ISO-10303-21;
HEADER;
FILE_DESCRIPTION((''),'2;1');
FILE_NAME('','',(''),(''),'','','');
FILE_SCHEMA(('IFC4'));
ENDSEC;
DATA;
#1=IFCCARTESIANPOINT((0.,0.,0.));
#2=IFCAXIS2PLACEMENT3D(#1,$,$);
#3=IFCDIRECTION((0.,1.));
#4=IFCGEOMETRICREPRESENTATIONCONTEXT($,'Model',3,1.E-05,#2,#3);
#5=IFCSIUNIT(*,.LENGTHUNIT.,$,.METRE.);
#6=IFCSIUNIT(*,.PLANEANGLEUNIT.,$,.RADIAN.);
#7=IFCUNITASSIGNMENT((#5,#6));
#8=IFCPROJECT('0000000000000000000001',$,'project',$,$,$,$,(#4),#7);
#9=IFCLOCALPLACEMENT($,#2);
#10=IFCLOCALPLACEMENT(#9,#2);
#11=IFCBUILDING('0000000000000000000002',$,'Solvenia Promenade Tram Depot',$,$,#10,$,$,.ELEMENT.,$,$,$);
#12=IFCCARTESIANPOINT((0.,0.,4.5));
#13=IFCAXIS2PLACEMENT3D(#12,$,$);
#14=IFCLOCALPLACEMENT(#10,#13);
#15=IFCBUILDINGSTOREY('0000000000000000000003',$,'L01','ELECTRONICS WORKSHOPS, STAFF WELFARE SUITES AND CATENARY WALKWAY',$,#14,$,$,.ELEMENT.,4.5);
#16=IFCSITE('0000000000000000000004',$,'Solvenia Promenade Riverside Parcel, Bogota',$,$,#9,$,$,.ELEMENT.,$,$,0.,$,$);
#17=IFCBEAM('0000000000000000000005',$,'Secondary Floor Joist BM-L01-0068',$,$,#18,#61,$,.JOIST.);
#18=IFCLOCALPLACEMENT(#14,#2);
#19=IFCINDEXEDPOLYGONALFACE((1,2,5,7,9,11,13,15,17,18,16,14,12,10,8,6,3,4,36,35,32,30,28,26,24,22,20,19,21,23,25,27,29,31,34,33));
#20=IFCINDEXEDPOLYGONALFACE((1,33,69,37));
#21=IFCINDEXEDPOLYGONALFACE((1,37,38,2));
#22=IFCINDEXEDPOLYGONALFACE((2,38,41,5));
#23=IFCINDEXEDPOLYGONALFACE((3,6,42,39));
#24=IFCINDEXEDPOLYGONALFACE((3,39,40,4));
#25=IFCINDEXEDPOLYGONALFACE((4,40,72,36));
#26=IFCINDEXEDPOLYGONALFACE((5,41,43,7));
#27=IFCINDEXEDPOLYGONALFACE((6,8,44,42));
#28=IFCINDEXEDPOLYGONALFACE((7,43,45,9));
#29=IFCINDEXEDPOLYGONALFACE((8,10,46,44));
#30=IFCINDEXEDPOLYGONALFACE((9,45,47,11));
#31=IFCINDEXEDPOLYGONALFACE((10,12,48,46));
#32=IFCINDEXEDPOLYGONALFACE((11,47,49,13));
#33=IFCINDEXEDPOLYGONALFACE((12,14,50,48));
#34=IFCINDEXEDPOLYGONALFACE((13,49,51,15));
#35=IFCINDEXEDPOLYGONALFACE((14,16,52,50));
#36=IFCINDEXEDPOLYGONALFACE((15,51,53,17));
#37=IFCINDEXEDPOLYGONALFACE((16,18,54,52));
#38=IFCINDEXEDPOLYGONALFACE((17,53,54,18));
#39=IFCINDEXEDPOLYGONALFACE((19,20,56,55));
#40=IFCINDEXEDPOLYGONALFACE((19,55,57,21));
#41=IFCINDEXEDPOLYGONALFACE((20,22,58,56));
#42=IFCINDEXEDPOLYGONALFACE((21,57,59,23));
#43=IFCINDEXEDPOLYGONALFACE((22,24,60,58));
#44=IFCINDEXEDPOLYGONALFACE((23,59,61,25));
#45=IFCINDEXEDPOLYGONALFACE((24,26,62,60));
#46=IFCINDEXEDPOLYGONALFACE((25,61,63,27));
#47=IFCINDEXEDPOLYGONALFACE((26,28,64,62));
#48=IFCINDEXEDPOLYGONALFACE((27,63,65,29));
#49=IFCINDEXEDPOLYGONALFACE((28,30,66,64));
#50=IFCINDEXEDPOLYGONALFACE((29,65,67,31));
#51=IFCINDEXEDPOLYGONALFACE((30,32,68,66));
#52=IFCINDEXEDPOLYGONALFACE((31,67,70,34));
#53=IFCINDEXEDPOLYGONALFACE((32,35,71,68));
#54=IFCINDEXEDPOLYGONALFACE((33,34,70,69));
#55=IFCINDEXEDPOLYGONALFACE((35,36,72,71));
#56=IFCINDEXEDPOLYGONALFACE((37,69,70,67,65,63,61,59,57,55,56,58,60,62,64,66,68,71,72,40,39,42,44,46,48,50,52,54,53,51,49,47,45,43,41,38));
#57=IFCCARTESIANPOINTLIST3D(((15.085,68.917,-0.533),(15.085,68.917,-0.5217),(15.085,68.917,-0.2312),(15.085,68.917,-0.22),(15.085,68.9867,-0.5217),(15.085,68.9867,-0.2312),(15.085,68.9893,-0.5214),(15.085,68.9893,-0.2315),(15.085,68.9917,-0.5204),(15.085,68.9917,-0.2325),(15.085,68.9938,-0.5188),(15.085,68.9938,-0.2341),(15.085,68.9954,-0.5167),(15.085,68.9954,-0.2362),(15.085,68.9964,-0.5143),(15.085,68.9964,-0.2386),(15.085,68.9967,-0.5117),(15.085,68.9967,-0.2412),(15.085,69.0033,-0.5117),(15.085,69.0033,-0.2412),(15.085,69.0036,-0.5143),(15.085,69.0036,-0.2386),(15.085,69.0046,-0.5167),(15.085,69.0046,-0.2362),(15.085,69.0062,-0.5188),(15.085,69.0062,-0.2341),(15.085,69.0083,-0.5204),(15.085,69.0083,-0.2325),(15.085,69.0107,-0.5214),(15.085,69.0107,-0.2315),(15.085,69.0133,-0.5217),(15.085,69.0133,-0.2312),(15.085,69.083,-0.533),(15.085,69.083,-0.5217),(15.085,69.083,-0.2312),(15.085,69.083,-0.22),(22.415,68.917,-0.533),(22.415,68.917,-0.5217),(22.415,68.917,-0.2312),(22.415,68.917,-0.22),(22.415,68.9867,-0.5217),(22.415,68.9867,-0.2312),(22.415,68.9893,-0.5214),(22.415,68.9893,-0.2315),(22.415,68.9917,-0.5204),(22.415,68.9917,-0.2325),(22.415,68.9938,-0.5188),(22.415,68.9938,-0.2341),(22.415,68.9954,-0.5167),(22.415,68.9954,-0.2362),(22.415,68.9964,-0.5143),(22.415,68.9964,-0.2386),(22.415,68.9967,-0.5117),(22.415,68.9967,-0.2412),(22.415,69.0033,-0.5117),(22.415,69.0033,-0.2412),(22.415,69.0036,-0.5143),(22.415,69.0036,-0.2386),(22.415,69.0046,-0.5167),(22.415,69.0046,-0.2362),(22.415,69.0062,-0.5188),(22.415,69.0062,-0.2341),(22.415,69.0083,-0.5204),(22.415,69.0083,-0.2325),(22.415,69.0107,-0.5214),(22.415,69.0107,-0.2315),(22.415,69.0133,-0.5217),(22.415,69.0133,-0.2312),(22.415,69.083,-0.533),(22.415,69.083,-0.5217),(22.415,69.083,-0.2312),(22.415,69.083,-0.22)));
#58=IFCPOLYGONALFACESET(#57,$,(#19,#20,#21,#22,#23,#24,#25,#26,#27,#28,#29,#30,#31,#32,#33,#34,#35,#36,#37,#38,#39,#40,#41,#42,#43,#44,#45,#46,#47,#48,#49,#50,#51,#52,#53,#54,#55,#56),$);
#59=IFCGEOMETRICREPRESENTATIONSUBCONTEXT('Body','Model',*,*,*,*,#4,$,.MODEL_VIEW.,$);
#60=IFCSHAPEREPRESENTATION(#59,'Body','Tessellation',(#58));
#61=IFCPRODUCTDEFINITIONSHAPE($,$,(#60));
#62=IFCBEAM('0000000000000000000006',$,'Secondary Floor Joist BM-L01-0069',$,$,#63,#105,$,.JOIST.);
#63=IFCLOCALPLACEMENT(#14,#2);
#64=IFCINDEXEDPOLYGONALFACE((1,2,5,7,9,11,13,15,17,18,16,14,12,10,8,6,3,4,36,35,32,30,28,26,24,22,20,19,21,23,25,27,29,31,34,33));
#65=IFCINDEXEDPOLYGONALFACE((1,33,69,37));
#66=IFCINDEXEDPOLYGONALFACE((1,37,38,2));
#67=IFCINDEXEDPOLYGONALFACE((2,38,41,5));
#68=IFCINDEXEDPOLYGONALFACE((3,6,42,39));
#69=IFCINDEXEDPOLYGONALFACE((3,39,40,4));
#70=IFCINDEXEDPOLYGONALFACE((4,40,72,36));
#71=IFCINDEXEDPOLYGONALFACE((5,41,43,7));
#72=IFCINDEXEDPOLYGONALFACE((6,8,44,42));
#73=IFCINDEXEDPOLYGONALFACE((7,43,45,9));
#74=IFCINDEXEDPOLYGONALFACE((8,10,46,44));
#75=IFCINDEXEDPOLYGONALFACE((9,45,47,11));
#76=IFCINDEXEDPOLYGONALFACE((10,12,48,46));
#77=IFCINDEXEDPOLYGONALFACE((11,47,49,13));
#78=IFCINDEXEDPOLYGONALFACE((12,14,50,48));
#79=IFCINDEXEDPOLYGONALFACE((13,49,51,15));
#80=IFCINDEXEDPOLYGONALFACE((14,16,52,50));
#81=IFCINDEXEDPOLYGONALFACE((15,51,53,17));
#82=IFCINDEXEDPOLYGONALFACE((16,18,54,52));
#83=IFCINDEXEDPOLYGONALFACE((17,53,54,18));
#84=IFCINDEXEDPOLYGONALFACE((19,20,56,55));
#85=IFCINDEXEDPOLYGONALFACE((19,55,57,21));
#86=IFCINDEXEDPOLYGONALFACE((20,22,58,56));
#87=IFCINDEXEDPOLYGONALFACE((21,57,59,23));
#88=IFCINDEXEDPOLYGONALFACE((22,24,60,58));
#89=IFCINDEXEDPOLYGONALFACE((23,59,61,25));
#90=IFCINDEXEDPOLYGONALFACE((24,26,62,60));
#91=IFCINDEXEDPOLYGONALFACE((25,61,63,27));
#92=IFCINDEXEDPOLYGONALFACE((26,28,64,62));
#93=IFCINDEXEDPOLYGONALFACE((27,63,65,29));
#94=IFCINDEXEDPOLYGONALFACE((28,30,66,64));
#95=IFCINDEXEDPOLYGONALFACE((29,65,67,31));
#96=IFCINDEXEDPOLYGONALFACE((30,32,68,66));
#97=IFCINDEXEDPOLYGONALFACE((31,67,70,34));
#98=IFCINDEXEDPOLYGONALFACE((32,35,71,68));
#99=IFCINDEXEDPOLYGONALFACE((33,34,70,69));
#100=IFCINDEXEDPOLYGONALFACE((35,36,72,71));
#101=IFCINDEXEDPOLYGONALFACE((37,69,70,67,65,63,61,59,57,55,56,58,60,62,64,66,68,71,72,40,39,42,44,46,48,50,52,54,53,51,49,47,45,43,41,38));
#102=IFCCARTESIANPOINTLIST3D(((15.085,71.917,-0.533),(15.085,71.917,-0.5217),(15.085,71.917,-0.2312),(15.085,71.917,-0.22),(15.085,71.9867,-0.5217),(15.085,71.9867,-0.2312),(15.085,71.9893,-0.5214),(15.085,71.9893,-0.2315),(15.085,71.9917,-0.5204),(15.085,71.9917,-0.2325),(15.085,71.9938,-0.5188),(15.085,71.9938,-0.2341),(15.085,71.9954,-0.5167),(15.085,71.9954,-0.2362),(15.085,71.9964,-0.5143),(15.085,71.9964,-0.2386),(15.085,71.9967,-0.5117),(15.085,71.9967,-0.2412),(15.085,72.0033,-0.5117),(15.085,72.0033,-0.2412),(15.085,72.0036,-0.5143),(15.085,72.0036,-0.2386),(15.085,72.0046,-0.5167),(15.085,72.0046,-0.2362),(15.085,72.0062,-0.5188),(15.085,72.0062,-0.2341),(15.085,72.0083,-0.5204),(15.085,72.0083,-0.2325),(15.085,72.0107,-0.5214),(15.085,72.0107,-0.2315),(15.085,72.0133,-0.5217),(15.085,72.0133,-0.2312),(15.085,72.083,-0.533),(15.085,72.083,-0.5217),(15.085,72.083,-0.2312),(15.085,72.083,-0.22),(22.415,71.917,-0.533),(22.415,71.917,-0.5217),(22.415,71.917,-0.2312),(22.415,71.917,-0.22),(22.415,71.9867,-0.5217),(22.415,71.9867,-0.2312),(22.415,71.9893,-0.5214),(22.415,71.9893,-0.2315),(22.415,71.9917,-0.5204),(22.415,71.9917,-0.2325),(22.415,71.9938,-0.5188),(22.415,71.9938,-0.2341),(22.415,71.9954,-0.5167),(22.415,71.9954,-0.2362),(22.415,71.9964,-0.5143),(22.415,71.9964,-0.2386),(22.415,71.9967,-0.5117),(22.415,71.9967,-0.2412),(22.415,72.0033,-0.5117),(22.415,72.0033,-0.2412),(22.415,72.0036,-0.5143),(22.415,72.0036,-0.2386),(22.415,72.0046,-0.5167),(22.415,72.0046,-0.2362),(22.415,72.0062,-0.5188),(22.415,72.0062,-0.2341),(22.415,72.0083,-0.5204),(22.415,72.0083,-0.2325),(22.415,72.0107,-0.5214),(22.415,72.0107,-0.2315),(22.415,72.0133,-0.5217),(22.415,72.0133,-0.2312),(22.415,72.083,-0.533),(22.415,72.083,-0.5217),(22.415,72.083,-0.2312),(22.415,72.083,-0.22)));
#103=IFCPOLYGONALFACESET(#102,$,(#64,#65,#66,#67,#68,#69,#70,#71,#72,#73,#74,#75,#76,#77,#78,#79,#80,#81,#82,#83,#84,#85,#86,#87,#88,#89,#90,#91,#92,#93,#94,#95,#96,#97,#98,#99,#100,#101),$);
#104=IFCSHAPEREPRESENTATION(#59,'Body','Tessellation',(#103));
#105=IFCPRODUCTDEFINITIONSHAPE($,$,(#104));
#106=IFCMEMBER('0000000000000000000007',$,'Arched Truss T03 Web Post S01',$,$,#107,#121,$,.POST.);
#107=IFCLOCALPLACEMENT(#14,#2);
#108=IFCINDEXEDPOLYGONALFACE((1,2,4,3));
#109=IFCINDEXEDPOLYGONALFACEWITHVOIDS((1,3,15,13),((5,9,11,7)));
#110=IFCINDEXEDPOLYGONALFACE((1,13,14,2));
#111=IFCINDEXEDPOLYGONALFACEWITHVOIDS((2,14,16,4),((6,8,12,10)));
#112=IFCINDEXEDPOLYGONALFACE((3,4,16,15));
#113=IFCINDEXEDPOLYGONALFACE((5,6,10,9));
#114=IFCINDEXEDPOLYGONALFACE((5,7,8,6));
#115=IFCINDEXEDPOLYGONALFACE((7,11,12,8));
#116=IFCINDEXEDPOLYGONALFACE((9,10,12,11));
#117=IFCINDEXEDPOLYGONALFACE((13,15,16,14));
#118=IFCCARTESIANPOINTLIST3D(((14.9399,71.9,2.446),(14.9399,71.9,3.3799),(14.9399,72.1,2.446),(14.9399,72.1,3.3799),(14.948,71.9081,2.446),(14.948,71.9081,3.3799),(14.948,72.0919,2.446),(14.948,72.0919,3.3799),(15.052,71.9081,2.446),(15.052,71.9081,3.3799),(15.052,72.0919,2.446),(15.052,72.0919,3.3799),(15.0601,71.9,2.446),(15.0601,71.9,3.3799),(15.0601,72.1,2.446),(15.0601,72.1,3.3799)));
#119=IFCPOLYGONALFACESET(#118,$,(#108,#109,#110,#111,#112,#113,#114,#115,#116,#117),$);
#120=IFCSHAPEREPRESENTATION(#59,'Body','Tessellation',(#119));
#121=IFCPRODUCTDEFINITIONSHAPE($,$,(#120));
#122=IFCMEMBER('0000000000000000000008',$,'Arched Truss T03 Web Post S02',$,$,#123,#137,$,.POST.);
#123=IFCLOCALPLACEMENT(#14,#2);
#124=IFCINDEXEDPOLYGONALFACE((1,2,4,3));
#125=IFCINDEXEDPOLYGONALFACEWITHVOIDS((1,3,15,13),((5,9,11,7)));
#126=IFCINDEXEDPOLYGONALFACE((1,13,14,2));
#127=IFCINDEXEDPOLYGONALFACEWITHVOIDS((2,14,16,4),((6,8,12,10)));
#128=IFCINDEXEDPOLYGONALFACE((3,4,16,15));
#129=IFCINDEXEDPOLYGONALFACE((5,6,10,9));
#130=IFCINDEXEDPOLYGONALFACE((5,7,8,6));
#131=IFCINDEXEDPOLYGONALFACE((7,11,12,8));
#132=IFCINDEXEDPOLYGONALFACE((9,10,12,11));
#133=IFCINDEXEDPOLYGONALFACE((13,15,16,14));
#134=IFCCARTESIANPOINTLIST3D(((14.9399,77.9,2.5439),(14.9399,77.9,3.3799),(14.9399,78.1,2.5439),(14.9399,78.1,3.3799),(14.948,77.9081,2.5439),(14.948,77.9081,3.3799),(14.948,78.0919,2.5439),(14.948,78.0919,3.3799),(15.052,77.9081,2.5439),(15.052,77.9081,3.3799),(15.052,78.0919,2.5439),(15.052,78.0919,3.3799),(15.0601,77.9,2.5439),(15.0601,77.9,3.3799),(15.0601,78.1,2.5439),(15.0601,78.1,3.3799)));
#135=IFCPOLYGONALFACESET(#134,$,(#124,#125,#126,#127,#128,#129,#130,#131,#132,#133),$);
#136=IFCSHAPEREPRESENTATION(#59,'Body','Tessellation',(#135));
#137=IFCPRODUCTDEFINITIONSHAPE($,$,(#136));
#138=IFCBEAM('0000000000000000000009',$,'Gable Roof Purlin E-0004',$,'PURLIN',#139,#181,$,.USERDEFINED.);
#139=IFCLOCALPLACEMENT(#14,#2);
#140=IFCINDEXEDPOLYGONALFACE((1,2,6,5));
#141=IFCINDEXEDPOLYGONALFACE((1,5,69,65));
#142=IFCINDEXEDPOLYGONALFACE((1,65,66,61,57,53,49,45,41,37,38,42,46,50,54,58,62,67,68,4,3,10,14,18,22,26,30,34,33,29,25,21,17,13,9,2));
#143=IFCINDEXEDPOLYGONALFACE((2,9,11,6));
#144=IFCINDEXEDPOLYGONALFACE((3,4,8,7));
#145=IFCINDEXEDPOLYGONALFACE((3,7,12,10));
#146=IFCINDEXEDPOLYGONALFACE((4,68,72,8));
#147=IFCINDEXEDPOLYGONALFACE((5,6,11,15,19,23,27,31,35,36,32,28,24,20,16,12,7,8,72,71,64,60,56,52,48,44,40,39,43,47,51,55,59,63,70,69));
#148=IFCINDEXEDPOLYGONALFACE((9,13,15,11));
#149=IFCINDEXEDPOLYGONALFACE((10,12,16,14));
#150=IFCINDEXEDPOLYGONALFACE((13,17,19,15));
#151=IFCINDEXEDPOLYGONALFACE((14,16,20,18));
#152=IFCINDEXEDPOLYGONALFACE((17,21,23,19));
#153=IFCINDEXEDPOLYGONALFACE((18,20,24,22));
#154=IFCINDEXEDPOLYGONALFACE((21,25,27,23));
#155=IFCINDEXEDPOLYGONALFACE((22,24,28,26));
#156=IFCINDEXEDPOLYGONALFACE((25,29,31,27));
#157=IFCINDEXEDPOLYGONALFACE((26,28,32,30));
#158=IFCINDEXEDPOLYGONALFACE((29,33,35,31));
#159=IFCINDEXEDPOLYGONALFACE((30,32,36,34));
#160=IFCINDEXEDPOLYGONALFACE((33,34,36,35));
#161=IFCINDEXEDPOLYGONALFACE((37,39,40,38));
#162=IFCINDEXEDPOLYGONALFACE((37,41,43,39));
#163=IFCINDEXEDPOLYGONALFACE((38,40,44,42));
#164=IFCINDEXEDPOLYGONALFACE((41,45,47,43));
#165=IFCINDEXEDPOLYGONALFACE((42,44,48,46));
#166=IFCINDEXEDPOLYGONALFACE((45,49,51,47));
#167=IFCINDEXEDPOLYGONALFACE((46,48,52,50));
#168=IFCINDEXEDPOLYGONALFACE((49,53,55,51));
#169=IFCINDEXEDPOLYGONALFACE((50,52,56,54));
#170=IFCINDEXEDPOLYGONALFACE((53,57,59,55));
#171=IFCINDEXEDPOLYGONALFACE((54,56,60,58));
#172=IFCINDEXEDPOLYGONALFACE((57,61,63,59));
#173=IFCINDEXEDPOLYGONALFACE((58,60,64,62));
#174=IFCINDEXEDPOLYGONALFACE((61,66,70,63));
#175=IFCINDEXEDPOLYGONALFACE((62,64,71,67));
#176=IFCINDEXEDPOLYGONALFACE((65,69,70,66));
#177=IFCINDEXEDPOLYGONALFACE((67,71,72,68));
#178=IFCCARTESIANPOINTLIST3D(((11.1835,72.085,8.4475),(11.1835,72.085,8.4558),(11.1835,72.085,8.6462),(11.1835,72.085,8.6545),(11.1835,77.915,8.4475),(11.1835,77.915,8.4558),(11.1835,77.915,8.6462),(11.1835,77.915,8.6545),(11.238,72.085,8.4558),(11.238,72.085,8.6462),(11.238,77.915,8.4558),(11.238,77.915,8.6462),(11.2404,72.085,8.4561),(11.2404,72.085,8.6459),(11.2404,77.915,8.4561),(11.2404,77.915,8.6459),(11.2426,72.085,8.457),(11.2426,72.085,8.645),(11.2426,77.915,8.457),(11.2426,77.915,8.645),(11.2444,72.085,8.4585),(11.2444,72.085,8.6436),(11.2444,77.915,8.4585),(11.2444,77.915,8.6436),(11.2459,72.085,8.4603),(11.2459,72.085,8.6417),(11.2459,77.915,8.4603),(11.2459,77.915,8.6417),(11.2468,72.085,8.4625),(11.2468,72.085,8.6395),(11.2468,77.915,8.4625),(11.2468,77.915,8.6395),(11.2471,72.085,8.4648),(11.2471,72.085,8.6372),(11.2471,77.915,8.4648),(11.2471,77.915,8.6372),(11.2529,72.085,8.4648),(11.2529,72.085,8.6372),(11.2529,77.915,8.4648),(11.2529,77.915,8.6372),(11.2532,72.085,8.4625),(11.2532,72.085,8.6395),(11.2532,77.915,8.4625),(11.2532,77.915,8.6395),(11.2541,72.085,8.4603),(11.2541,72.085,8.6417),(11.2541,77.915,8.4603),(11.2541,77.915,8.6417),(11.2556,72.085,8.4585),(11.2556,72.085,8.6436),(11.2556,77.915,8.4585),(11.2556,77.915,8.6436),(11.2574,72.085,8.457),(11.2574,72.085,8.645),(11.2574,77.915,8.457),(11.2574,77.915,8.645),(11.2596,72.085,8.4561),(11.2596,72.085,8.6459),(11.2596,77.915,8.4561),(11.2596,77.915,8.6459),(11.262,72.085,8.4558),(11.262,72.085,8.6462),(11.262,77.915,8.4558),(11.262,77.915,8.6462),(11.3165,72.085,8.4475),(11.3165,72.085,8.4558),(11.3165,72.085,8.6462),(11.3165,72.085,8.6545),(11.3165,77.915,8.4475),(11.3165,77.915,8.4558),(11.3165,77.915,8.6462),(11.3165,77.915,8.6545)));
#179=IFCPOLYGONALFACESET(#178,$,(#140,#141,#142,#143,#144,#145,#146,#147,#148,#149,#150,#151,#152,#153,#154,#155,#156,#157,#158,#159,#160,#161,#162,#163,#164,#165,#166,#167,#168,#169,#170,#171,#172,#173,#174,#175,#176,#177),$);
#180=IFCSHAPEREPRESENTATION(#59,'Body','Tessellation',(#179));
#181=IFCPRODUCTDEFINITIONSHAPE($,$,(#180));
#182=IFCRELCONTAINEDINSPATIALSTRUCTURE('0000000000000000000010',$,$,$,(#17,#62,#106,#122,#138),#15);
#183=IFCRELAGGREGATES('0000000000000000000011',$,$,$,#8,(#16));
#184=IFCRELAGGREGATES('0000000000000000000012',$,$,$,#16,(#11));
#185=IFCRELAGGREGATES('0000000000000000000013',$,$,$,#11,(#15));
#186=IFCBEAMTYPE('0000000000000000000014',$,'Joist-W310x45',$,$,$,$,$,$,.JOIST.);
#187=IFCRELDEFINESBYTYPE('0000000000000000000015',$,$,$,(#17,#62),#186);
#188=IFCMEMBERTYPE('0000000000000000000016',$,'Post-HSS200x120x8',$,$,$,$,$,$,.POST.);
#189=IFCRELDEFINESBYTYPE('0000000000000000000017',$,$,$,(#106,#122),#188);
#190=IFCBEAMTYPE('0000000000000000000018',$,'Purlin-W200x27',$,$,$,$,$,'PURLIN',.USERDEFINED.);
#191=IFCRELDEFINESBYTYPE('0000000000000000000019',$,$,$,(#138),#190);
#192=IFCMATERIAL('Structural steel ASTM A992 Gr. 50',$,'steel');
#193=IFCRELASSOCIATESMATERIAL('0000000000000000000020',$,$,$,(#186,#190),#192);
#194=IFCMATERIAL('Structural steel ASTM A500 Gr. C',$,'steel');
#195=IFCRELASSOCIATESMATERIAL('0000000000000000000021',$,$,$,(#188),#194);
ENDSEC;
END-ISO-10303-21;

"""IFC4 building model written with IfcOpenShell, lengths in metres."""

from ifc_helpers import new_model, si_unit, direction, frame, origin, origin_2d, place, context, subcontext, project, spatial, hollow_rectangle, i_section, extrude, material, material_profile, profile_set, type_object, element, save


model = new_model("IFC4")

# Units and contexts
model_context = context("Model", 3, precision=1e-05, world=origin(), true_north=direction((0.0, 1.0)))
body_context = subcontext(model_context, "Body", "Model", "MODEL_VIEW")
ifc_project = project(units=[si_unit("LENGTHUNIT", "METRE"), si_unit("PLANEANGLEUNIT", "RADIAN")], contexts=[model_context])

# Site, building, storey
site_placement = place(None, origin())
site = spatial("IfcSite", under=ifc_project, at=site_placement, Name="Solvenia Promenade Riverside Parcel, Bogota", CompositionType="ELEMENT", RefElevation=0.0)
building_placement = place(site_placement, origin())
building = spatial("IfcBuilding", under=site, at=building_placement, Name="Solvenia Promenade Tram Depot", CompositionType="ELEMENT")
storey_placement = place(building_placement, frame((0.0, 0.0, 4.5)))
storey = spatial("IfcBuildingStorey", under=building, at=storey_placement, Name="L01", Description="ELECTRONICS WORKSHOPS, STAFF WELFARE SUITES AND CATENARY WALKWAY", CompositionType="ELEMENT", Elevation=4.5)

# Shared definitions
ifc_material_1 = material(Name="Structural steel ASTM A992 Gr. 50", Category="steel")

# Shared definitions
ifc_material_2 = material(Name="Structural steel ASTM A500 Gr. C", Category="steel")

# Beams
ifc_material_profile_1 = material_profile(ifc_material_1, i_section(OverallWidth=0.166, OverallDepth=0.313, WebThickness=0.0066, FlangeThickness=0.0112, FilletRadius=0.01, at=origin_2d()), Name="W310x45", Category="steel")
ifc_profile_set_1 = profile_set([ifc_material_profile_1], Name="Structural steel ASTM A992 Gr. 50")
beam_type_1 = type_object("IfcBeamType", Name="Joist-W310x45", PredefinedType="JOIST", material=ifc_profile_set_1)
for number, where, z_axis, x_axis, name in (
    (1, (15.085, 69.0, -0.3765), (1.0, 0.0, 0.0), (0.0, 1.0, 0.0), "Secondary Floor Joist BM-L01-0068"),
    (2, (15.085, 72.0, -0.3765), (1.0, 0.0, 0.0), (0.0, 1.0, 0.0), "Secondary Floor Joist BM-L01-0069"),
):
    element("IfcBeam", number, at=place(storey_placement, frame(where, z_axis=z_axis, x_axis=x_axis)), inside=storey, type_object=beam_type_1, Name=name, PredefinedType="JOIST", context=body_context, shape_type="SweptSolid", body=[
        extrude(i_section(OverallWidth=0.166, OverallDepth=0.313, WebThickness=0.0066, FlangeThickness=0.0112, FilletRadius=0.01, at=origin_2d()), origin(), (0.0, 0.0, 1.0), 7.3301),
    ])

# Members
ifc_material_profile_2 = material_profile(ifc_material_2, hollow_rectangle(XDim=0.1201, YDim=0.2, WallThickness=0.0081, at=origin_2d()), Name="HSS200x120x8", Category="steel")
ifc_profile_set_2 = profile_set([ifc_material_profile_2], Name="Structural steel ASTM A500 Gr. C")
member_type_1 = type_object("IfcMemberType", Name="Post-HSS200x120x8", PredefinedType="POST", material=ifc_profile_set_2)
member_1_placement = place(storey_placement, frame((15.0, 72.0, 2.446), z_axis=(0.0, 0.0, 1.0), x_axis=(1.0, 0.0, 0.0)))
element("IfcMember", 3, at=member_1_placement, inside=storey, type_object=member_type_1, Name="Arched Truss T03 Web Post S01", PredefinedType="POST", context=body_context, shape_type="SweptSolid", body=[
    extrude(hollow_rectangle(XDim=0.1201, YDim=0.2, WallThickness=0.0081, at=origin_2d()), origin(), (0.0, 0.0, 1.0), 0.9338),
])
member_2_placement = place(storey_placement, frame((15.0, 78.0, 2.5439), z_axis=(0.0, 0.0, 1.0), x_axis=(1.0, 0.0, 0.0)))
element("IfcMember", 4, at=member_2_placement, inside=storey, type_object=member_type_1, Name="Arched Truss T03 Web Post S02", PredefinedType="POST", context=body_context, shape_type="SweptSolid", body=[
    extrude(hollow_rectangle(XDim=0.1201, YDim=0.2, WallThickness=0.0081, at=origin_2d()), origin(), (0.0, 0.0, 1.0), 0.8359),
])

# Beam
ifc_material_profile_3 = material_profile(ifc_material_1, i_section(OverallWidth=0.1331, OverallDepth=0.207, WebThickness=0.0059, FlangeThickness=0.0083, FilletRadius=0.009, at=origin_2d()), Name="W200x27", Category="steel")
ifc_profile_set_3 = profile_set([ifc_material_profile_3], Name="Structural steel ASTM A992 Gr. 50")
beam_type_2 = type_object("IfcBeamType", Name="Purlin-W200x27", ElementType="PURLIN", PredefinedType="USERDEFINED", material=ifc_profile_set_3)
beam_1_placement = place(storey_placement, frame((11.25, 72.085, 8.551), z_axis=(0.0, 1.0, 0.0), x_axis=(-1.0, 0.0, 0.0)))
element("IfcBeam", 5, at=beam_1_placement, inside=storey, type_object=beam_type_2, Name="Gable Roof Purlin E-0004", ObjectType="PURLIN", PredefinedType="USERDEFINED", context=body_context, shape_type="SweptSolid", body=[
    extrude(i_section(OverallWidth=0.1331, OverallDepth=0.207, WebThickness=0.0059, FlangeThickness=0.0083, FilletRadius=0.009, at=origin_2d()), origin(), (0.0, 0.0, 1.0), 5.8301),
])

save(model, "model.ifc")
